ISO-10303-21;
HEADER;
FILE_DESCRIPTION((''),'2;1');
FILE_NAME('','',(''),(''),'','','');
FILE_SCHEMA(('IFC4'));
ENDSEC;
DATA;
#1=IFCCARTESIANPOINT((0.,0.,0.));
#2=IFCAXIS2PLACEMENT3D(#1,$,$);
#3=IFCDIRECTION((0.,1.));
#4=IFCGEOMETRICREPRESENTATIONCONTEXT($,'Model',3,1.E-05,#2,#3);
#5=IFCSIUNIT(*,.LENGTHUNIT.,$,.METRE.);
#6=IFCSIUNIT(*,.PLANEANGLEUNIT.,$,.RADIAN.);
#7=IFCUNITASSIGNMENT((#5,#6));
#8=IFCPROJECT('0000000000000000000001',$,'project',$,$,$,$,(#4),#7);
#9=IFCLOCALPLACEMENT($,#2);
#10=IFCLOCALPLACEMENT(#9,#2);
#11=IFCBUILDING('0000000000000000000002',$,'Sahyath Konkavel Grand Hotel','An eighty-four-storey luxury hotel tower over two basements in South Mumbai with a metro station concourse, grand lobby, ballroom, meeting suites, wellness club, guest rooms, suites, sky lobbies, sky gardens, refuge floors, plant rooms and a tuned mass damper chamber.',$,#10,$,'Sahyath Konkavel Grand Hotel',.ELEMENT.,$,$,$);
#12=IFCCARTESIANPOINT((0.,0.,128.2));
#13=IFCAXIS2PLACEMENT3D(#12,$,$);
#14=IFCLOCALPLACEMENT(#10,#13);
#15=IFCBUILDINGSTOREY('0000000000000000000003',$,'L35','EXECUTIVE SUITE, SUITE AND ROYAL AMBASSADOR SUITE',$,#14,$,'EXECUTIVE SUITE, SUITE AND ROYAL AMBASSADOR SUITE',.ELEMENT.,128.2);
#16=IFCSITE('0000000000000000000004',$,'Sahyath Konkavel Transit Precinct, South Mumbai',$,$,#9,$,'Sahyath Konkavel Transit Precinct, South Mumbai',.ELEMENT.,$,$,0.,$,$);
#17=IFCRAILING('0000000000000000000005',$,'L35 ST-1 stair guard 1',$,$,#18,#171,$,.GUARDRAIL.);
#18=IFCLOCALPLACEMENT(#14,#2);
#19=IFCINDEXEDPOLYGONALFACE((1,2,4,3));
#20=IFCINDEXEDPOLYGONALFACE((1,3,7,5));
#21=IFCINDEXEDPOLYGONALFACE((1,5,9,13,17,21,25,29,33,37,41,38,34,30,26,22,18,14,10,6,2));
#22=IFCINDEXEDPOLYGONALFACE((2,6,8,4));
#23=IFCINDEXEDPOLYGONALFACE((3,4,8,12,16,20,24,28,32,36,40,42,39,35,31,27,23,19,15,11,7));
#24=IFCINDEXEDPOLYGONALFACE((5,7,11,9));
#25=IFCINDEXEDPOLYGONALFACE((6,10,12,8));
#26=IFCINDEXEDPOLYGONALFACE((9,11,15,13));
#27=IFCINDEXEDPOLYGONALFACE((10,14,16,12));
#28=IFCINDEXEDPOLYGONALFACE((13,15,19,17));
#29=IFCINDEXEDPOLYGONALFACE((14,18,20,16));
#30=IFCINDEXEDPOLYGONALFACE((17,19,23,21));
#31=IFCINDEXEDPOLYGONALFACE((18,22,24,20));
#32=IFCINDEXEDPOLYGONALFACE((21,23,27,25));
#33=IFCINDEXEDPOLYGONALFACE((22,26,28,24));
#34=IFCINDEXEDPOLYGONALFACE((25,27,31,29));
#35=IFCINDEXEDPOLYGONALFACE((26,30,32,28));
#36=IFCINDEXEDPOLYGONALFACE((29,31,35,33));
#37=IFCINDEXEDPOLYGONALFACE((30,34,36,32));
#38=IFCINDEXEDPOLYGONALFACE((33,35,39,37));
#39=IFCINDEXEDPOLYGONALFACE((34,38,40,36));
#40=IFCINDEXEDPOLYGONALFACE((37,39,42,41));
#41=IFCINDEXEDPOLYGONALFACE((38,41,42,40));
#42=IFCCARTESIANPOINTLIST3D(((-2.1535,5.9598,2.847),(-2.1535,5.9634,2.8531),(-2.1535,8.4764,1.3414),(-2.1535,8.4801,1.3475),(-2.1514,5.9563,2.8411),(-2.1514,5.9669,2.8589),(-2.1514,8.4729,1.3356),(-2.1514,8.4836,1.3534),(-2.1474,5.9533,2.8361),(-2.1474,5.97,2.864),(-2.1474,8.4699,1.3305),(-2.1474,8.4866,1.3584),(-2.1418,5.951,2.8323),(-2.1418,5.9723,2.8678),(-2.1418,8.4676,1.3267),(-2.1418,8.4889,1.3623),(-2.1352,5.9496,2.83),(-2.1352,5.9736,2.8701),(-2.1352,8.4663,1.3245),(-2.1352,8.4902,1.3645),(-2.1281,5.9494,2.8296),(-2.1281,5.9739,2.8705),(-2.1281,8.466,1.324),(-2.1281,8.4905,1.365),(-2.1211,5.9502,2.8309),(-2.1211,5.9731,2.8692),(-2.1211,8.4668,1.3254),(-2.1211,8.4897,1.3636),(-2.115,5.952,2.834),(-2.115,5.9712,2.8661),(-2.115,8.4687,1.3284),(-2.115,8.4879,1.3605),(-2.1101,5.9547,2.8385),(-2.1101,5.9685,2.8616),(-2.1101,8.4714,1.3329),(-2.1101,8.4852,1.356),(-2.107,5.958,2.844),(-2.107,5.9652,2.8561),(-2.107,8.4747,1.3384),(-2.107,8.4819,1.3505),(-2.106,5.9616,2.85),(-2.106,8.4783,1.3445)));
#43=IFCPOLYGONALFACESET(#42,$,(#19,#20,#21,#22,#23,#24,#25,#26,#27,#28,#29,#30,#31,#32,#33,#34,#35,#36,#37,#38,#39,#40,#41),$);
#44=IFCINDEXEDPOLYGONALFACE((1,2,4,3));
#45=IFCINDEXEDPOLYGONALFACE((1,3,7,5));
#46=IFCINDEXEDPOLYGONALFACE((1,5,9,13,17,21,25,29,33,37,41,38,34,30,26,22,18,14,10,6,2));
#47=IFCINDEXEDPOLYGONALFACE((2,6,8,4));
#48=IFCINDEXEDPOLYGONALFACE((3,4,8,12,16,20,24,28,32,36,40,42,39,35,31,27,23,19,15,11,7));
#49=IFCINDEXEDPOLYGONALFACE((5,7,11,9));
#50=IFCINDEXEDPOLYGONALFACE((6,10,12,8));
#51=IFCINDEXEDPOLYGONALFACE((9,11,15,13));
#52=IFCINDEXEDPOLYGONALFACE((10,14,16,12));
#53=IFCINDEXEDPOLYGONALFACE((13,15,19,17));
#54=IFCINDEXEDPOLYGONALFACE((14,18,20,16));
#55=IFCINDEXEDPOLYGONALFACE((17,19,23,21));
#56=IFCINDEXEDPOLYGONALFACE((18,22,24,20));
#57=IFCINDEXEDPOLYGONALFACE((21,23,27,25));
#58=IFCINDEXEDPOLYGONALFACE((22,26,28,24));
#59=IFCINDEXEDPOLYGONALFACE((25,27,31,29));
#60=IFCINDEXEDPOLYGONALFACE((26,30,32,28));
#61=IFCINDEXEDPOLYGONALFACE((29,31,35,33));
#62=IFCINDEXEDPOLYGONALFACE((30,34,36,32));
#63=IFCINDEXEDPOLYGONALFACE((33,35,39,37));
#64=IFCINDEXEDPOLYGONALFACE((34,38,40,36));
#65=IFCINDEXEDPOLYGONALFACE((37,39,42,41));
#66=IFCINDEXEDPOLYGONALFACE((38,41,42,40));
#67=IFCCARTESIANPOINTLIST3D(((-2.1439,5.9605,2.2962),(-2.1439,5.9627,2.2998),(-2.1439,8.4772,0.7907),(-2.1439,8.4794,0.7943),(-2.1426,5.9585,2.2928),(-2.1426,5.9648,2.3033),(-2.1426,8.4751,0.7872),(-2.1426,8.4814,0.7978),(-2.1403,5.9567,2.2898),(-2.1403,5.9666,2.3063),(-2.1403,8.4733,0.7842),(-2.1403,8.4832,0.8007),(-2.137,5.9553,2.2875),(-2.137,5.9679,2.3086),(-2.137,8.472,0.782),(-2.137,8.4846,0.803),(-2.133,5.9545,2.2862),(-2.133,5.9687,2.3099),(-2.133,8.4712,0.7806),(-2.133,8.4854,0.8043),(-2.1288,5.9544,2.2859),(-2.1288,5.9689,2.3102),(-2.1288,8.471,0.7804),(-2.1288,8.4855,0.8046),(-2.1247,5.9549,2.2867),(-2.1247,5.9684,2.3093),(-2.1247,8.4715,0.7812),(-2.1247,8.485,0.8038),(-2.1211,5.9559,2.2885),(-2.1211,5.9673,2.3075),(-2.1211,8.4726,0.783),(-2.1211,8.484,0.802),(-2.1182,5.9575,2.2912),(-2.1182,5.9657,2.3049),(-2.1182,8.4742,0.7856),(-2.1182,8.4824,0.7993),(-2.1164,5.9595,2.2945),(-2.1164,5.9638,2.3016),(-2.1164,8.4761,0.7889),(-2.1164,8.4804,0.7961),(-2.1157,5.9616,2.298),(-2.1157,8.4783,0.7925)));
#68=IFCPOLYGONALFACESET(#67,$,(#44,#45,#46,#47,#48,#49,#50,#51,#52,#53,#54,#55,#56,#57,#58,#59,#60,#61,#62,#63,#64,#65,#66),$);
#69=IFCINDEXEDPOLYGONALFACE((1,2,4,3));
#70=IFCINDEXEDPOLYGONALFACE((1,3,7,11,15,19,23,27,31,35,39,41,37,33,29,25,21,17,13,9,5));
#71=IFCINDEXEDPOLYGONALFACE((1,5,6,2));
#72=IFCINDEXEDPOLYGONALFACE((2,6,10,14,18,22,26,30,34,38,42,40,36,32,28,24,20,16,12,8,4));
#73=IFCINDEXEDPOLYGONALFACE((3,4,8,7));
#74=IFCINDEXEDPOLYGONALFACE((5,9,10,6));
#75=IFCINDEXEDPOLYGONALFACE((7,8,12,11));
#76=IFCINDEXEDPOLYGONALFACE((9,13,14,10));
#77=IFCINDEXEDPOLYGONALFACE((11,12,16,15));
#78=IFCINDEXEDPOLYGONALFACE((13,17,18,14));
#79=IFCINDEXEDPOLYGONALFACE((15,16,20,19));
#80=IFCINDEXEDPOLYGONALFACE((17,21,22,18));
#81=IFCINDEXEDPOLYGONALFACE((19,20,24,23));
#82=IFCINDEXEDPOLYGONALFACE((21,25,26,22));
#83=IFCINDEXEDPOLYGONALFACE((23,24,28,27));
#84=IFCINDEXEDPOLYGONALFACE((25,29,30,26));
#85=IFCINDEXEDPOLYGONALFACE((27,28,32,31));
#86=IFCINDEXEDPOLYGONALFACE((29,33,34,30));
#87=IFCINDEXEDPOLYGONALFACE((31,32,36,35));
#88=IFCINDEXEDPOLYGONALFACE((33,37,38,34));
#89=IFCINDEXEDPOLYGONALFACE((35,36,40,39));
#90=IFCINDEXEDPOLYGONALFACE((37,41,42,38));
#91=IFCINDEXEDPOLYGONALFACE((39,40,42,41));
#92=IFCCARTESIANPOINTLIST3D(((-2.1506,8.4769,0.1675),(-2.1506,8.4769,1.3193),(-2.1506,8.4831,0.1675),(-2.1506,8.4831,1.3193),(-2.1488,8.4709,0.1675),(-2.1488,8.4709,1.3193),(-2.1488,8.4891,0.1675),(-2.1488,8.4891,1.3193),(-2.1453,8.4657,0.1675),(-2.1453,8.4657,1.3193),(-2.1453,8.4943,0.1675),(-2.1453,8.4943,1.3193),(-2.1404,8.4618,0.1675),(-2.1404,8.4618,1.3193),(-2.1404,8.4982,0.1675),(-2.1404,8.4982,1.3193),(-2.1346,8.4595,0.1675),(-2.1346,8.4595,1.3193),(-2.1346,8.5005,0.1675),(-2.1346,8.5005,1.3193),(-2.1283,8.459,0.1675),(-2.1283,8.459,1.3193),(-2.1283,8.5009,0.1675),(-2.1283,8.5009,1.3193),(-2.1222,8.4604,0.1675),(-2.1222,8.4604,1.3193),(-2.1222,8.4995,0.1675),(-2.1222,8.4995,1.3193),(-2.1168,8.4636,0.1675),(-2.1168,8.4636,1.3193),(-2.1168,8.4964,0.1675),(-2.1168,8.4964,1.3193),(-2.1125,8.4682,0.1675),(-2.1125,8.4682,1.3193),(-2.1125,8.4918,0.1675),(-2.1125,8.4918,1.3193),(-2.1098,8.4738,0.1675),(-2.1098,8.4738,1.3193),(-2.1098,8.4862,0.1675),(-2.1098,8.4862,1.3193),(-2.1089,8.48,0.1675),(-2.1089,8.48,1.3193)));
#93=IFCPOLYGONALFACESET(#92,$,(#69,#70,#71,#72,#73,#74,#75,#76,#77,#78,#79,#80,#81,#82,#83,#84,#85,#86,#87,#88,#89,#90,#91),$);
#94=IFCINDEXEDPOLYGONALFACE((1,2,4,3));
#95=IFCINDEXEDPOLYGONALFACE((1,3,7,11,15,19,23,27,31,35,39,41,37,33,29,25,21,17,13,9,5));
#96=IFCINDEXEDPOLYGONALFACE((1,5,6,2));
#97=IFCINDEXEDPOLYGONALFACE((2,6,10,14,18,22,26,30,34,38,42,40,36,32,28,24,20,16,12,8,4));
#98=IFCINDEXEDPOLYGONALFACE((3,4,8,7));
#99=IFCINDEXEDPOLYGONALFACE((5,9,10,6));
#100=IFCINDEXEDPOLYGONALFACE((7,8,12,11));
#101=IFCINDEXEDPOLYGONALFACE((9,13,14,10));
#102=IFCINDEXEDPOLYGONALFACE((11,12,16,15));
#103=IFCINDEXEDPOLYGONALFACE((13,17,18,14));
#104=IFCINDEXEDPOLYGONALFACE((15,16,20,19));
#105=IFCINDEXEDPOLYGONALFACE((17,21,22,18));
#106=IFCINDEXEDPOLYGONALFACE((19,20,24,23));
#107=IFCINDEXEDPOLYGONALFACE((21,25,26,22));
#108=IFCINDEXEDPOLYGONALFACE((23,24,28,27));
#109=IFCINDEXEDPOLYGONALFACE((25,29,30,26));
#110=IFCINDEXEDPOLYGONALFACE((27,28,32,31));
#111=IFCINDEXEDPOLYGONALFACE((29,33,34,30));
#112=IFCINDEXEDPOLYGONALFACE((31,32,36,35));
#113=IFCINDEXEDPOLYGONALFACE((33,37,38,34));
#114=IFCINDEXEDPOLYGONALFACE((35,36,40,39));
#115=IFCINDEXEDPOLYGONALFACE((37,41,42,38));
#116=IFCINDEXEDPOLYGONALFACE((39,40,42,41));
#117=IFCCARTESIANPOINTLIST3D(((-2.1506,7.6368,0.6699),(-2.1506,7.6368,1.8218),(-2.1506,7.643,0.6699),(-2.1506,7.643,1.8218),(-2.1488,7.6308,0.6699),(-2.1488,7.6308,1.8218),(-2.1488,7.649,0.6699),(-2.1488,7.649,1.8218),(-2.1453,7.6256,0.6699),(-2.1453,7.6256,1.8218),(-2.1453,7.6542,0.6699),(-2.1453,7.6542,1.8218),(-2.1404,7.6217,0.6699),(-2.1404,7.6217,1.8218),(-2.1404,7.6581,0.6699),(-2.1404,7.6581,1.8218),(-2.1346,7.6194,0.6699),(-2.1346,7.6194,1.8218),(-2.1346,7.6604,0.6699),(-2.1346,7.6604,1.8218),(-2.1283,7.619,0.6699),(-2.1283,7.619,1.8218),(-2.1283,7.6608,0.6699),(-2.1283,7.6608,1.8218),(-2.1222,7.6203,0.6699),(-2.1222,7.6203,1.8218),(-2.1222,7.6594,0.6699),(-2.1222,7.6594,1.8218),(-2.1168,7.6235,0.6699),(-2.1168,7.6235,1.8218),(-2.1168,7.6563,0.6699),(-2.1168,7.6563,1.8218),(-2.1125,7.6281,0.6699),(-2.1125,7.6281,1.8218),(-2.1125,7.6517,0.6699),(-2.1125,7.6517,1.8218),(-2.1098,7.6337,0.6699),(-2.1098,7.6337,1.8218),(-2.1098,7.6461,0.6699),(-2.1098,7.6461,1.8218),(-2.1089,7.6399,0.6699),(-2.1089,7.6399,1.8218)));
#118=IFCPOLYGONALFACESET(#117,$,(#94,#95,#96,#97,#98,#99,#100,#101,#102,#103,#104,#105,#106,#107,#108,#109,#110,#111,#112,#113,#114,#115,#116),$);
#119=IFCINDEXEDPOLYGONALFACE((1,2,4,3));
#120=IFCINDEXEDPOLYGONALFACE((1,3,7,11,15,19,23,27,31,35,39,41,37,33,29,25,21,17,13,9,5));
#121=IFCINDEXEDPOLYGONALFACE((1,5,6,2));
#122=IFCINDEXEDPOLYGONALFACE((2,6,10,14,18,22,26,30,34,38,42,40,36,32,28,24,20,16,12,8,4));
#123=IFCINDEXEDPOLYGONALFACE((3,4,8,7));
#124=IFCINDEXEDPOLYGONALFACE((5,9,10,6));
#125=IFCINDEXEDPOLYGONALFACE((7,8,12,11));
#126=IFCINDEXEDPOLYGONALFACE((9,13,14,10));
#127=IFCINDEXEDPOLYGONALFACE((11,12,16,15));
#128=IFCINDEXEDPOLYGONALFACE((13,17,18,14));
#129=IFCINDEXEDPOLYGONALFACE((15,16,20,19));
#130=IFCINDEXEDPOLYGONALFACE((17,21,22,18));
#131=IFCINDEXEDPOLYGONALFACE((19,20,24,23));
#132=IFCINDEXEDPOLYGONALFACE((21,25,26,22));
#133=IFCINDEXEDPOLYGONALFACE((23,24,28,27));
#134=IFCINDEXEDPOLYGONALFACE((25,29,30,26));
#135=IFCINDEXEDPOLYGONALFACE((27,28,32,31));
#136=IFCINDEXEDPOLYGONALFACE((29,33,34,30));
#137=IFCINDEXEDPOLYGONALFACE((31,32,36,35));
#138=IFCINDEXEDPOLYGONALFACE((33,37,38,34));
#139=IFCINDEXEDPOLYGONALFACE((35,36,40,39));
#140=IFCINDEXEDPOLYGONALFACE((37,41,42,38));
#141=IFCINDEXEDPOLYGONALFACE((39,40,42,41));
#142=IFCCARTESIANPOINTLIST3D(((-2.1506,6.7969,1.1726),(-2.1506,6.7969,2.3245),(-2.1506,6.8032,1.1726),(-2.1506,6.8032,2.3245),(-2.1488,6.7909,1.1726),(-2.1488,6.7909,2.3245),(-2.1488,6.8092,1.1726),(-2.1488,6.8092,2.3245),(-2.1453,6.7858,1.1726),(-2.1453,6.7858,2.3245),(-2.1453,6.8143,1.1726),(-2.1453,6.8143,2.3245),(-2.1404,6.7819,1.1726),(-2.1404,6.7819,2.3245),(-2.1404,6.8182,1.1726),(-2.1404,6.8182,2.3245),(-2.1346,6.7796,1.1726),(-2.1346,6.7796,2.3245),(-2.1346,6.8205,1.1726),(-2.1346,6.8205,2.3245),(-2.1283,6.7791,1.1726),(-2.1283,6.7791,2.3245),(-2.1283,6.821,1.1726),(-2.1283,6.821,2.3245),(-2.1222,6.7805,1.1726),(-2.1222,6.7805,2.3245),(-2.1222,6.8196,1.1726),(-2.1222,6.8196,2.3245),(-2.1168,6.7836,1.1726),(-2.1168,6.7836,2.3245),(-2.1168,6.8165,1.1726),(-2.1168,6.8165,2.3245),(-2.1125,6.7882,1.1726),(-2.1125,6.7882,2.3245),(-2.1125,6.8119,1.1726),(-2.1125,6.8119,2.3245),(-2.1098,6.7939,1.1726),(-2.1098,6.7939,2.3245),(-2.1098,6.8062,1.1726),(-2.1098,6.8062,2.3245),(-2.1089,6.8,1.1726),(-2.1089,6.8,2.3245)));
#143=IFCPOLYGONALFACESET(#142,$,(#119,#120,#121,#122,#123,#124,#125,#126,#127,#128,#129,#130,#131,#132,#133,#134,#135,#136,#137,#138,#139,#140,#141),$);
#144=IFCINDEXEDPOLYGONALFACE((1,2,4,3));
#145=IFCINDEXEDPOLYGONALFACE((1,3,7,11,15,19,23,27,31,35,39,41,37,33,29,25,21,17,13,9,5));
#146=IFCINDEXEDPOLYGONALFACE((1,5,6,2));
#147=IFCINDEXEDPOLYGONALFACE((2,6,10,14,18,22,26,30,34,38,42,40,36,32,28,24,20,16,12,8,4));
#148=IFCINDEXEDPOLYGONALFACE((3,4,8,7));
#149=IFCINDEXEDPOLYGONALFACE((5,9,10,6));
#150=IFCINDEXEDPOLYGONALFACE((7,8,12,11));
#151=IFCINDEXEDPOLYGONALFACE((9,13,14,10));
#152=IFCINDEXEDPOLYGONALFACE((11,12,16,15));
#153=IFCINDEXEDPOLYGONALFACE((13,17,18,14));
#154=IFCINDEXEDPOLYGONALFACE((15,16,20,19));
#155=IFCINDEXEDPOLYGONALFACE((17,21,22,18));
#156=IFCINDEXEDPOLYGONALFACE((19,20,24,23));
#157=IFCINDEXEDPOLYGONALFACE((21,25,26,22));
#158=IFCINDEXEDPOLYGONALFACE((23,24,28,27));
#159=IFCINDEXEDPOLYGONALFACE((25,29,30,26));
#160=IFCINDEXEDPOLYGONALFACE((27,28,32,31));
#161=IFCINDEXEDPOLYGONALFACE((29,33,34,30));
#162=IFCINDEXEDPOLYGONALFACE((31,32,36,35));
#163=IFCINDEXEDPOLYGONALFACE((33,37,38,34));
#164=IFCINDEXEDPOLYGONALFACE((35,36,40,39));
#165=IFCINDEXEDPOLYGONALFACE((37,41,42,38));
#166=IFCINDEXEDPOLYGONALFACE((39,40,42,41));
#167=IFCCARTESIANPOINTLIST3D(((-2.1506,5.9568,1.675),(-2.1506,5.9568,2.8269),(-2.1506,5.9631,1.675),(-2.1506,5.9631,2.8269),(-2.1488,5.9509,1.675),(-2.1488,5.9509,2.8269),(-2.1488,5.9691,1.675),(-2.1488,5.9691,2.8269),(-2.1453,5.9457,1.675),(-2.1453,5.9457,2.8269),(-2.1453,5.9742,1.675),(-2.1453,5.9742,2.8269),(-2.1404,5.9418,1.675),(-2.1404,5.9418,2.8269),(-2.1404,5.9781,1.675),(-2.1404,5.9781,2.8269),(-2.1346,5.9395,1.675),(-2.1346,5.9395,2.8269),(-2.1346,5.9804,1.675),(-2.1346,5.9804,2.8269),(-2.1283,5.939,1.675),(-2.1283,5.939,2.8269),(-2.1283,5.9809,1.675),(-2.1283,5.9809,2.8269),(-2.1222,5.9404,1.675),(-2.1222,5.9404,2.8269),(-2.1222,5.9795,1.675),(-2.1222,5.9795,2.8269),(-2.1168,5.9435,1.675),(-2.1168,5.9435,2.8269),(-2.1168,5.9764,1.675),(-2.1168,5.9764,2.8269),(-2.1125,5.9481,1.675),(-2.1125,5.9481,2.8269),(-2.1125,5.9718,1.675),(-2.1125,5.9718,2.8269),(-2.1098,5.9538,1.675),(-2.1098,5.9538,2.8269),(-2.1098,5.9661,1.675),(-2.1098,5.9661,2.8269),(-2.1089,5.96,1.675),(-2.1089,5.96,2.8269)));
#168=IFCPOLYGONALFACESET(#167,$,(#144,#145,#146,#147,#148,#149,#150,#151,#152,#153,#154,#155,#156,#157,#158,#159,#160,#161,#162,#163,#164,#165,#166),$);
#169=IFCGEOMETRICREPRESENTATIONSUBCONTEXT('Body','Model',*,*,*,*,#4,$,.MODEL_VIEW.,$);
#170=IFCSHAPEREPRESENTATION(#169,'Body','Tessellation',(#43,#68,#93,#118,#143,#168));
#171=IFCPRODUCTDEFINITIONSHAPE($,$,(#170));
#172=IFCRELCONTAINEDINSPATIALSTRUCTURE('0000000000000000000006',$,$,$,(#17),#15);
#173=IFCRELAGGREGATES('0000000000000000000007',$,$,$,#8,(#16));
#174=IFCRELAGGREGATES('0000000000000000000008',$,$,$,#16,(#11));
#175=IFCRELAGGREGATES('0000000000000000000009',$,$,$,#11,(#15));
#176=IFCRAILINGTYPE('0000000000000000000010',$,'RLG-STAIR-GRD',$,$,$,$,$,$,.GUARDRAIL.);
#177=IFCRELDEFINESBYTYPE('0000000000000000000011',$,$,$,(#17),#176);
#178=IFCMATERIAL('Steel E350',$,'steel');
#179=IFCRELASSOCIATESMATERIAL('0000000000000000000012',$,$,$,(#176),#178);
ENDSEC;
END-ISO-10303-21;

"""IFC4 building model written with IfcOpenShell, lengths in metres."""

from ifc_helpers import new_model, si_unit, direction, frame, origin, origin_2d, place, context, subcontext, project, spatial, circle, extrude, material, type_object, element, save


model = new_model("IFC4")

# Units and contexts
model_context = context("Model", 3, precision=1e-05, world=origin(), true_north=direction((0.0, 1.0)))
body_context = subcontext(model_context, "Body", "Model", "MODEL_VIEW")
ifc_project = project(units=[si_unit("LENGTHUNIT", "METRE"), si_unit("PLANEANGLEUNIT", "RADIAN")], contexts=[model_context])

# Site, building, storey
site_placement = place(None, origin())
site = spatial("IfcSite", under=ifc_project, at=site_placement, Name="Sahyath Konkavel Transit Precinct, South Mumbai", LongName="Sahyath Konkavel Transit Precinct, South Mumbai", CompositionType="ELEMENT", RefElevation=0.0)
building_placement = place(site_placement, origin())
building = spatial("IfcBuilding", under=site, at=building_placement, Name="Sahyath Konkavel Grand Hotel", Description="An eighty-four-storey luxury hotel tower over two basements in South Mumbai with a metro station concourse, grand lobby, ballroom, meeting suites, wellness club, guest rooms, suites, sky lobbies, sky gardens, refuge floors, plant rooms and a tuned mass damper chamber.", LongName="Sahyath Konkavel Grand Hotel", CompositionType="ELEMENT")
storey_placement = place(building_placement, frame((0.0, 0.0, 128.2)))
storey = spatial("IfcBuildingStorey", under=building, at=storey_placement, Name="L35", Description="EXECUTIVE SUITE, SUITE AND ROYAL AMBASSADOR SUITE", LongName="EXECUTIVE SUITE, SUITE AND ROYAL AMBASSADOR SUITE", CompositionType="ELEMENT", Elevation=128.2)

# Shared definitions
ifc_material_1 = material(Name="Steel E350", Category="steel")

# Railing
railing_type_1 = type_object("IfcRailingType", Name="RLG-STAIR-GRD", PredefinedType="GUARDRAIL", material=ifc_material_1)
railing_1_placement = place(storey_placement, frame((-2.1299, 8.48, 0.1675)))
element("IfcRailing", 1, at=railing_1_placement, inside=storey, type_object=railing_type_1, Name="L35 ST-1 stair guard 1", PredefinedType="GUARDRAIL", context=body_context, shape_type="SweptSolid", body=[
    extrude(circle(Radius=0.0239, at=origin_2d()), frame((0.0, -0.0017, 1.177), z_axis=(0.0, -0.85816, 0.513383), x_axis=(1.0, 0.0, 0.0)), (0.0, 0.0, 1.0), 2.9326),
    extrude(circle(Radius=0.0142, at=origin_2d()), frame((0.0, -0.0017, 0.625), z_axis=(0.0, -0.85816, 0.513383), x_axis=(1.0, 0.0, 0.0)), (0.0, 0.0, 1.0), 2.9326),
    extrude(circle(Radius=0.021, at=origin_2d()), origin(), (0.0, 0.0, 1.0), 1.1519),
    extrude(circle(Radius=0.021, at=origin_2d()), frame((0.0, -0.8401, 0.5024)), (0.0, 0.0, 1.0), 1.1519),
    extrude(circle(Radius=0.021, at=origin_2d()), frame((0.0, -1.6799, 1.0051)), (0.0, 0.0, 1.0), 1.1519),
    extrude(circle(Radius=0.021, at=origin_2d()), frame((0.0, -2.52, 1.5076)), (0.0, 0.0, 1.0), 1.1519),
])

save(model, "model.ifc")
